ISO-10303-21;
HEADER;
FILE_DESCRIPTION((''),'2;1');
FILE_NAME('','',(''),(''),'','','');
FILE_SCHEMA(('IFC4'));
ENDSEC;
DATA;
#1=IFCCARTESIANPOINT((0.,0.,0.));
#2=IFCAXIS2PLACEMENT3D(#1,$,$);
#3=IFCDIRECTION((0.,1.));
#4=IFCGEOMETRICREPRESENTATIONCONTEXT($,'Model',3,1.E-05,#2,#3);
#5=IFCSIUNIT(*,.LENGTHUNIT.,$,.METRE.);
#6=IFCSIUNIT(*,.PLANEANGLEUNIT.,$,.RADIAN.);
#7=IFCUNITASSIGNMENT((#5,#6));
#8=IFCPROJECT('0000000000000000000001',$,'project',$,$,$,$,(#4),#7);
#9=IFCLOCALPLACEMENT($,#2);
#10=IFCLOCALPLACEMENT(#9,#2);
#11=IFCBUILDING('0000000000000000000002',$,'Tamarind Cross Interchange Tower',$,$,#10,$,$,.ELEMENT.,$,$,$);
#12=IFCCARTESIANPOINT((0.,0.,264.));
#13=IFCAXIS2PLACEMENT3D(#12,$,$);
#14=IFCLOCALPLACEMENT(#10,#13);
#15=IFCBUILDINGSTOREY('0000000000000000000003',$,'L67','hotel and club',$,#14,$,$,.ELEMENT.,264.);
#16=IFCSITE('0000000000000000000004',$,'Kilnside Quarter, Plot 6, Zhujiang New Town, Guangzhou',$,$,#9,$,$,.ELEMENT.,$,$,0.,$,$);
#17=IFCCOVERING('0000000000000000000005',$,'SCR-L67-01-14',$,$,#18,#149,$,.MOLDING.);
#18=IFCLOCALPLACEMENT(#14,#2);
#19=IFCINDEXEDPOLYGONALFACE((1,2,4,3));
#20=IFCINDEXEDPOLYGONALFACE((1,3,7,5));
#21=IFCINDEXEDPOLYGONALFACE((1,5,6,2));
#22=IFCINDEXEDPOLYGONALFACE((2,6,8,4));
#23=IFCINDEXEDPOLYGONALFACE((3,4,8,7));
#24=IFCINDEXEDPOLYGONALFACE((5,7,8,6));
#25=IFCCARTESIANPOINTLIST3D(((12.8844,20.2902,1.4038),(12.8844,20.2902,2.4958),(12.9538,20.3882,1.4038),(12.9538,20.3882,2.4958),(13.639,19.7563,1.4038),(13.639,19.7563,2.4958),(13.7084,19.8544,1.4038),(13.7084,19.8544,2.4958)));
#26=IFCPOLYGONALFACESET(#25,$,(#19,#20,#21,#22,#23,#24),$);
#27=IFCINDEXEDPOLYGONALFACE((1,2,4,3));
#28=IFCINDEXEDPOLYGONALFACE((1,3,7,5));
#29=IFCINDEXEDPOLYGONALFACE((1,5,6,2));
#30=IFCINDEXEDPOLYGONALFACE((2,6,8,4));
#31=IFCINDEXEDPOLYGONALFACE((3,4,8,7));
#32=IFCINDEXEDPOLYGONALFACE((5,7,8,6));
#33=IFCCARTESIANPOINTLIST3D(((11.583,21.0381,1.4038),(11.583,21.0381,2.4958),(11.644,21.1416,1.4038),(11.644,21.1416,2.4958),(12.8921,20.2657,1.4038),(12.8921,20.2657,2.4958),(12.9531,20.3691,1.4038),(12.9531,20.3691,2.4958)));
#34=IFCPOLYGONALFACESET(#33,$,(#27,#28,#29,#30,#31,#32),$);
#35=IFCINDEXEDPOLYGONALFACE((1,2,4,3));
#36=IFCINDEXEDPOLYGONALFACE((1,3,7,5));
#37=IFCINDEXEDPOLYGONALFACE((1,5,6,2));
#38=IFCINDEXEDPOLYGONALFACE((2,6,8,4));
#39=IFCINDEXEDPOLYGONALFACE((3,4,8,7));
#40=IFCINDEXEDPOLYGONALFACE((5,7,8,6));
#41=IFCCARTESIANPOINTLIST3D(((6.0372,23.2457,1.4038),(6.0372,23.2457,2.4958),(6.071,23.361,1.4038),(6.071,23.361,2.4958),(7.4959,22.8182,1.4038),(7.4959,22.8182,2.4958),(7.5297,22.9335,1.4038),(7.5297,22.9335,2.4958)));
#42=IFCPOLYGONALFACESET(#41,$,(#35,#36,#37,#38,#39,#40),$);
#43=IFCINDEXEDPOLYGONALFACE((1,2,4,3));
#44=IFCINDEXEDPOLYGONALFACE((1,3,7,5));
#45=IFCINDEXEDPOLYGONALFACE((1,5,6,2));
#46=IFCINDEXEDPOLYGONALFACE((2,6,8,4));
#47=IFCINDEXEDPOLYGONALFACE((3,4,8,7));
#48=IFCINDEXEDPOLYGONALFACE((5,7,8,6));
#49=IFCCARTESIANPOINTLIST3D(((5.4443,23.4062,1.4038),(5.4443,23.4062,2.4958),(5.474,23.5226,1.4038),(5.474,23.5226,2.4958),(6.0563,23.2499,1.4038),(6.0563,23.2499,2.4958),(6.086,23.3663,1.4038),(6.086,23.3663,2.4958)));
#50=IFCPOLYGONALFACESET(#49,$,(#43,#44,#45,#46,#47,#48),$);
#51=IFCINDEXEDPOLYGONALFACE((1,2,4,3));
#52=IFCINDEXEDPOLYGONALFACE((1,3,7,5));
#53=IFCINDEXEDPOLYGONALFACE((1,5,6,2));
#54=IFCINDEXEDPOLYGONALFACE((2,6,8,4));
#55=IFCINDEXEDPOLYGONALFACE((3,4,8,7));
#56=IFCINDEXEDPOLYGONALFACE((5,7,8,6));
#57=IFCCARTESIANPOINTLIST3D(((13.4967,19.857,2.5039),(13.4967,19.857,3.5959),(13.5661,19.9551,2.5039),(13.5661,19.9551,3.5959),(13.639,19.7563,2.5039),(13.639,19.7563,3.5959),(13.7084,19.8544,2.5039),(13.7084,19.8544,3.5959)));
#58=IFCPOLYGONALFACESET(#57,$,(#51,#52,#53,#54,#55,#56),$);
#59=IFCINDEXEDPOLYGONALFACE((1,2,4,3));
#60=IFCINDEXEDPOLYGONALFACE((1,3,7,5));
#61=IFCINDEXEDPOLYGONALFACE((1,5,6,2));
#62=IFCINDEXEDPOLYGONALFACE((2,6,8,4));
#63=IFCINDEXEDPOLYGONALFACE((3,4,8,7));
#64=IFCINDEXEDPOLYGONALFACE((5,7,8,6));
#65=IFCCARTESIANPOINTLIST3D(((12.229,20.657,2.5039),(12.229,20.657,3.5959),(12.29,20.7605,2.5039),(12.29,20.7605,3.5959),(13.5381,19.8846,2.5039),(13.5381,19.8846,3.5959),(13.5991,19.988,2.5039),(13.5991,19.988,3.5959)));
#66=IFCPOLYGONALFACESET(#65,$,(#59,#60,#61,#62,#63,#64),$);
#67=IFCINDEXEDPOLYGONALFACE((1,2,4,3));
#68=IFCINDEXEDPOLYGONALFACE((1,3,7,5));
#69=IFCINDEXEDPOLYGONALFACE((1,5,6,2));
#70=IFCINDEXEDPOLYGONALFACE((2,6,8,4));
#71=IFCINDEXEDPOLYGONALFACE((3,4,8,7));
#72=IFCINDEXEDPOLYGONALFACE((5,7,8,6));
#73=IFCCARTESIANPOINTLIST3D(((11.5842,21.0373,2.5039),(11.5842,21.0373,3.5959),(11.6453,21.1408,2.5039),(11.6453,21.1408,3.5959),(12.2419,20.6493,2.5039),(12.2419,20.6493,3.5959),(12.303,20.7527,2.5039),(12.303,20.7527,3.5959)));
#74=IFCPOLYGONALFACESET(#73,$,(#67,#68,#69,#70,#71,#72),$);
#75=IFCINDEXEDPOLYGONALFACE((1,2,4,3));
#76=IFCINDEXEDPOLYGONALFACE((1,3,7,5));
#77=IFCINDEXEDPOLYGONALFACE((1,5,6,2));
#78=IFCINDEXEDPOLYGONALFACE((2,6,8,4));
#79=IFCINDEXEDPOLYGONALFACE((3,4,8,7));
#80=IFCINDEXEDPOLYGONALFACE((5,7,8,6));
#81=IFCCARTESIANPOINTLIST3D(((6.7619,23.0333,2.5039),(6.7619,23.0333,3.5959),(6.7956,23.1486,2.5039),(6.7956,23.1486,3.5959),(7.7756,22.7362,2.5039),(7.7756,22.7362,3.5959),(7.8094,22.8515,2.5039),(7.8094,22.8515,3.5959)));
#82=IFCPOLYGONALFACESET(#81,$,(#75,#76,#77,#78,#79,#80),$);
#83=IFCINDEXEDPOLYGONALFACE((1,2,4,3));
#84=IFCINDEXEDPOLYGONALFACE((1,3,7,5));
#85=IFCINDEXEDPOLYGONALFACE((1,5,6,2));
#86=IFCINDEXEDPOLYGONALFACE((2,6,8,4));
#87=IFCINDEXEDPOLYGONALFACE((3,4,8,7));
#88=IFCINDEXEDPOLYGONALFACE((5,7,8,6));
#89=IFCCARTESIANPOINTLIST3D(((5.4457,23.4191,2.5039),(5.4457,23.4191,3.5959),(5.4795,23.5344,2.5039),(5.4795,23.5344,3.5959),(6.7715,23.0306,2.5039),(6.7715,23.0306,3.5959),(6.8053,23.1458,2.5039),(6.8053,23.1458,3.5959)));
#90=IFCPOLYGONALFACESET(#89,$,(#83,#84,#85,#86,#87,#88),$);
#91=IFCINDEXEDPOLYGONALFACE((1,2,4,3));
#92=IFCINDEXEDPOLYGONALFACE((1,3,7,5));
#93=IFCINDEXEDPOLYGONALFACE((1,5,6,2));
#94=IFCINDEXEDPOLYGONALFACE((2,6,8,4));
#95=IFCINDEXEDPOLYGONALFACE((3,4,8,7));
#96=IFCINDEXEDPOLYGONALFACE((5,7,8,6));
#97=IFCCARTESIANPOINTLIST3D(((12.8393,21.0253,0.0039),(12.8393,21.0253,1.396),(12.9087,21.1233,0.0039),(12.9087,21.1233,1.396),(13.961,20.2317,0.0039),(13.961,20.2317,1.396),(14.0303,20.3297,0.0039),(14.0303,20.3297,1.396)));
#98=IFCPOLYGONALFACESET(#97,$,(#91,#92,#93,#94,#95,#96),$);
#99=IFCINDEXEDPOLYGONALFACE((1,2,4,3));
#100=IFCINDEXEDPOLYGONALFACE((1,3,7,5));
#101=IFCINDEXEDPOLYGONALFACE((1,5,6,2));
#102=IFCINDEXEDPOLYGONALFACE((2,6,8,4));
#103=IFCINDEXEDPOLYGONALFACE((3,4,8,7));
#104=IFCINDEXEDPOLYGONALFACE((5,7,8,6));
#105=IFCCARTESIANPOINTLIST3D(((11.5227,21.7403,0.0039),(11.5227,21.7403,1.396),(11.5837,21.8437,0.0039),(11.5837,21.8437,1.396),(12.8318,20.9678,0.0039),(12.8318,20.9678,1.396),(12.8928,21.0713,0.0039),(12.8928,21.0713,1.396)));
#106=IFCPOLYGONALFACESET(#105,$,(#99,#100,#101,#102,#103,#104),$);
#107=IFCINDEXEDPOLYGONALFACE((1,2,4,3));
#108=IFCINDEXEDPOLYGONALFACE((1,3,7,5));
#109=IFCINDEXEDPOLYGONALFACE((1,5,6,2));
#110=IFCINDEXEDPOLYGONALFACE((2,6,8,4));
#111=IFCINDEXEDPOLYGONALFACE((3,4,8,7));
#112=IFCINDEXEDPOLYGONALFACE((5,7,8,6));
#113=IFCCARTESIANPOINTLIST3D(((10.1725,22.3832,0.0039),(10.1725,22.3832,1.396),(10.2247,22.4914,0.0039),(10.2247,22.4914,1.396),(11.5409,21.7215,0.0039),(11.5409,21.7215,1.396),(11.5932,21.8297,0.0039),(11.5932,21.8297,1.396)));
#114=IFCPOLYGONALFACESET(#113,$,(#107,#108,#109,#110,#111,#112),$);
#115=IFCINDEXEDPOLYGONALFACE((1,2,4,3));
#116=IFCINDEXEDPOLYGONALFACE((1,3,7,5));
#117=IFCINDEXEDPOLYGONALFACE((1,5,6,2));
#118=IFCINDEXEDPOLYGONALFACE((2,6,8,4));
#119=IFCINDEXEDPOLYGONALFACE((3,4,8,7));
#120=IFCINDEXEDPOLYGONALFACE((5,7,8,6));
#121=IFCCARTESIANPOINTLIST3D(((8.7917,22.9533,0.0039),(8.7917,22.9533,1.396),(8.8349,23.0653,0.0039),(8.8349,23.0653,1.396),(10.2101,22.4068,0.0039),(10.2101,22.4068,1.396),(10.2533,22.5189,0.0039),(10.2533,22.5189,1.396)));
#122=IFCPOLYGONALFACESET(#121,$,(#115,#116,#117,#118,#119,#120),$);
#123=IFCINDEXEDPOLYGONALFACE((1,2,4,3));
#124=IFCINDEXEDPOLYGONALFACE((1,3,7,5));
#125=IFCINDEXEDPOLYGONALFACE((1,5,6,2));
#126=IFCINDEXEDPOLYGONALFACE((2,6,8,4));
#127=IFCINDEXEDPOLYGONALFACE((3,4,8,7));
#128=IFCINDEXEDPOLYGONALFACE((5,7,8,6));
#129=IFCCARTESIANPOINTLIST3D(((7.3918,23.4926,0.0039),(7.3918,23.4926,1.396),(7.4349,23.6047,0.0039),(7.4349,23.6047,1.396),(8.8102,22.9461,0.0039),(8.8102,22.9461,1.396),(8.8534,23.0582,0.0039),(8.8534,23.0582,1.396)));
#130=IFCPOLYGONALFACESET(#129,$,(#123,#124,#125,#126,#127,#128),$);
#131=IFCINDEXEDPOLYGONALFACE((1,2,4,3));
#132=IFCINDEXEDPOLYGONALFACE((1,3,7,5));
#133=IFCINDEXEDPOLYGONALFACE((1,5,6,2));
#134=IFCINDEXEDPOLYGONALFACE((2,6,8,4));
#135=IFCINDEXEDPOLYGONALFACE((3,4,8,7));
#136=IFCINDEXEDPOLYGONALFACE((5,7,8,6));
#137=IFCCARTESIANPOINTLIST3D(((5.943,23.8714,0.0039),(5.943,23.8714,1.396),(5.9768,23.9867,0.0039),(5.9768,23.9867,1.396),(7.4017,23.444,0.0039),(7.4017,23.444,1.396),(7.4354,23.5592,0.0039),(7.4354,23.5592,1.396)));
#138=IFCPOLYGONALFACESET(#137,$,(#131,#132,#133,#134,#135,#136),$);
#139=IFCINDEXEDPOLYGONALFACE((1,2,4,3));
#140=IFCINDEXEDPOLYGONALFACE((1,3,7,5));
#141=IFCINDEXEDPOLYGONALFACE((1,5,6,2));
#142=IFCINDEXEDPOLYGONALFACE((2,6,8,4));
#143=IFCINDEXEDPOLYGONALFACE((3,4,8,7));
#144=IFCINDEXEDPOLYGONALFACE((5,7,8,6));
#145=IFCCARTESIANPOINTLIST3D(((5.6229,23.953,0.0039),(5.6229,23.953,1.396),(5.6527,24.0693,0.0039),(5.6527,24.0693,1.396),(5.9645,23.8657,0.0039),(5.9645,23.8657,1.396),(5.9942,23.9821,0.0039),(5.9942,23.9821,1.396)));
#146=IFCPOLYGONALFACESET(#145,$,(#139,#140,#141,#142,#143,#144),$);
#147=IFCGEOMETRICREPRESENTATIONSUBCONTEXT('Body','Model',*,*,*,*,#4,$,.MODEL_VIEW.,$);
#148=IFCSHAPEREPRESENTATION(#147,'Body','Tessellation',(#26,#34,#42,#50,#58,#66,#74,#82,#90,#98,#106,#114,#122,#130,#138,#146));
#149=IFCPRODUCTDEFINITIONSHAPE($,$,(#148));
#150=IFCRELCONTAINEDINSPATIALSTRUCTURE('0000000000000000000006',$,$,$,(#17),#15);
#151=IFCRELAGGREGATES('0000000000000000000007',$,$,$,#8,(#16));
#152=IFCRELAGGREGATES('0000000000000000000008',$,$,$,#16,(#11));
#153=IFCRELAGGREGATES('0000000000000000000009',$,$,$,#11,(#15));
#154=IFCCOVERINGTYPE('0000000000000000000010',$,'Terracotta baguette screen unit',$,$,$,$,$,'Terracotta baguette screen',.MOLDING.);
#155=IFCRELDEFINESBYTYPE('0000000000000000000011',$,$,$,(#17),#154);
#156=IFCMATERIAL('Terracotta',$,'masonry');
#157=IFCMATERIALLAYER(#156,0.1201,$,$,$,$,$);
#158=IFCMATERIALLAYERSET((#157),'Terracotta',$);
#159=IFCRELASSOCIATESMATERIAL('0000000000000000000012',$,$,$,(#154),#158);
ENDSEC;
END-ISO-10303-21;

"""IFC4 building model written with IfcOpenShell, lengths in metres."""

from ifc_helpers import new_model, si_unit, direction, frame, origin, origin_2d, place, context, subcontext, project, spatial, rectangle, extrude, material, layer, layer_set, type_object, element, save


model = new_model("IFC4")

# Units and contexts
model_context = context("Model", 3, precision=1e-05, world=origin(), true_north=direction((0.0, 1.0)))
body_context = subcontext(model_context, "Body", "Model", "MODEL_VIEW")
ifc_project = project(units=[si_unit("LENGTHUNIT", "METRE"), si_unit("PLANEANGLEUNIT", "RADIAN")], contexts=[model_context])

# Site, building, storey
site_placement = place(None, origin())
site = spatial("IfcSite", under=ifc_project, at=site_placement, Name="Kilnside Quarter, Plot 6, Zhujiang New Town, Guangzhou", CompositionType="ELEMENT", RefElevation=0.0)
building_placement = place(site_placement, origin())
building = spatial("IfcBuilding", under=site, at=building_placement, Name="Tamarind Cross Interchange Tower", CompositionType="ELEMENT")
storey_placement = place(building_placement, frame((0.0, 0.0, 264.0)))
storey = spatial("IfcBuildingStorey", under=building, at=storey_placement, Name="L67", Description="hotel and club", CompositionType="ELEMENT", Elevation=264.0)

# Covering
ifc_material_1 = material(Name="Terracotta", Category="masonry")
ifc_layer_1 = layer(ifc_material_1, 0.1201)
ifc_layer_set_1 = layer_set([ifc_layer_1], Name="Terracotta")
covering_type = type_object("IfcCoveringType", Name="Terracotta baguette screen unit", ElementType="Terracotta baguette screen", PredefinedType="MOLDING", material=ifc_layer_set_1)
covering_1_placement = place(storey_placement, origin())
element("IfcCovering", 1, at=covering_1_placement, inside=storey, type_object=covering_type, Name="SCR-L67-01-14", PredefinedType="MOLDING", context=body_context, shape_type="SweptSolid", body=[
    extrude(rectangle(XDim=0.9243, YDim=0.1201, at=origin_2d()), frame((13.2964, 20.0723, 1.4038), z_axis=(0.0, 0.0, 1.0), x_axis=(-0.816342, 0.577569, 0.0)), (0.0, 0.0, 1.0), 1.092),
    extrude(rectangle(XDim=1.52, YDim=0.1201, at=origin_2d()), frame((12.2681, 20.7036, 1.4038), z_axis=(0.0, 0.0, 1.0), x_axis=(-0.861249, 0.508183, 0.0)), (0.0, 0.0, 1.0), 1.092),
    extrude(rectangle(XDim=1.52, YDim=0.1201, at=origin_2d()), frame((6.7834, 23.0896, 1.4038), z_axis=(0.0, 0.0, 1.0), x_axis=(-0.959647, 0.281209, 0.0)), (0.0, 0.0, 1.0), 1.092),
    extrude(rectangle(XDim=0.6316, YDim=0.1201, at=origin_2d()), frame((5.7651, 23.3862, 1.4038), z_axis=(0.0, 0.0, 1.0), x_axis=(-0.968905, 0.247431, 0.0)), (0.0, 0.0, 1.0), 1.092),
    extrude(rectangle(XDim=0.1743, YDim=0.1201, at=origin_2d()), frame((13.6025, 19.8557, 2.5039), z_axis=(0.0, 0.0, 1.0), x_axis=(-0.816342, 0.577569, 0.0)), (0.0, 0.0, 1.0), 1.092),
    extrude(rectangle(XDim=1.52, YDim=0.1201, at=origin_2d()), frame((12.9141, 20.3225, 2.5039), z_axis=(0.0, 0.0, 1.0), x_axis=(-0.861249, 0.508183, 0.0)), (0.0, 0.0, 1.0), 1.092),
    extrude(rectangle(XDim=0.7637, YDim=0.1201, at=origin_2d()), frame((11.9436, 20.895, 2.5039), z_axis=(0.0, 0.0, 1.0), x_axis=(-0.861249, 0.508183, 0.0)), (0.0, 0.0, 1.0), 1.092),
    extrude(rectangle(XDim=1.0564, YDim=0.1201, at=origin_2d()), frame((7.2856, 22.9424, 2.5039), z_axis=(0.0, 0.0, 1.0), x_axis=(-0.959647, 0.281209, 0.0)), (0.0, 0.0, 1.0), 1.092),
    extrude(rectangle(XDim=1.3816, YDim=0.1201, at=origin_2d()), frame((6.1255, 23.2825, 2.5039), z_axis=(0.0, 0.0, 1.0), x_axis=(-0.959647, 0.281209, 0.0)), (0.0, 0.0, 1.0), 1.092),
    extrude(rectangle(XDim=1.374, YDim=0.1201, at=origin_2d()), frame((13.4348, 20.6775, 0.0039), z_axis=(0.0, 0.0, 1.0), x_axis=(-0.816342, 0.577569, 0.0)), (0.0, 0.0, 1.0), 1.3921),
    extrude(rectangle(XDim=1.52, YDim=0.1201, at=origin_2d()), frame((12.2078, 21.4058, 0.0039), z_axis=(0.0, 0.0, 1.0), x_axis=(-0.861249, 0.508183, 0.0)), (0.0, 0.0, 1.0), 1.3921),
    extrude(rectangle(XDim=1.52, YDim=0.1201, at=origin_2d()), frame((10.8828, 22.1064, 0.0039), z_axis=(0.0, 0.0, 1.0), x_axis=(-0.900273, 0.435326, 0.0)), (0.0, 0.0, 1.0), 1.3921),
    extrude(rectangle(XDim=1.52, YDim=0.1201, at=origin_2d()), frame((9.5225, 22.7361, 0.0039), z_axis=(0.0, 0.0, 1.0), x_axis=(-0.933147, 0.359495, 0.0)), (0.0, 0.0, 1.0), 1.3921),
    extrude(rectangle(XDim=1.52, YDim=0.1201, at=origin_2d()), frame((8.1226, 23.2754, 0.0039), z_axis=(0.0, 0.0, 1.0), x_axis=(-0.933147, 0.359495, 0.0)), (0.0, 0.0, 1.0), 1.3921),
    extrude(rectangle(XDim=1.52, YDim=0.1201, at=origin_2d()), frame((6.6892, 23.7153, 0.0039), z_axis=(0.0, 0.0, 1.0), x_axis=(-0.959647, 0.281209, 0.0)), (0.0, 0.0, 1.0), 1.3921),
    extrude(rectangle(XDim=0.3525, YDim=0.1201, at=origin_2d()), frame((5.8086, 23.9675, 0.0039), z_axis=(0.0, 0.0, 1.0), x_axis=(-0.968905, 0.247431, 0.0)), (0.0, 0.0, 1.0), 1.3921),
])

save(model, "model.ifc")
